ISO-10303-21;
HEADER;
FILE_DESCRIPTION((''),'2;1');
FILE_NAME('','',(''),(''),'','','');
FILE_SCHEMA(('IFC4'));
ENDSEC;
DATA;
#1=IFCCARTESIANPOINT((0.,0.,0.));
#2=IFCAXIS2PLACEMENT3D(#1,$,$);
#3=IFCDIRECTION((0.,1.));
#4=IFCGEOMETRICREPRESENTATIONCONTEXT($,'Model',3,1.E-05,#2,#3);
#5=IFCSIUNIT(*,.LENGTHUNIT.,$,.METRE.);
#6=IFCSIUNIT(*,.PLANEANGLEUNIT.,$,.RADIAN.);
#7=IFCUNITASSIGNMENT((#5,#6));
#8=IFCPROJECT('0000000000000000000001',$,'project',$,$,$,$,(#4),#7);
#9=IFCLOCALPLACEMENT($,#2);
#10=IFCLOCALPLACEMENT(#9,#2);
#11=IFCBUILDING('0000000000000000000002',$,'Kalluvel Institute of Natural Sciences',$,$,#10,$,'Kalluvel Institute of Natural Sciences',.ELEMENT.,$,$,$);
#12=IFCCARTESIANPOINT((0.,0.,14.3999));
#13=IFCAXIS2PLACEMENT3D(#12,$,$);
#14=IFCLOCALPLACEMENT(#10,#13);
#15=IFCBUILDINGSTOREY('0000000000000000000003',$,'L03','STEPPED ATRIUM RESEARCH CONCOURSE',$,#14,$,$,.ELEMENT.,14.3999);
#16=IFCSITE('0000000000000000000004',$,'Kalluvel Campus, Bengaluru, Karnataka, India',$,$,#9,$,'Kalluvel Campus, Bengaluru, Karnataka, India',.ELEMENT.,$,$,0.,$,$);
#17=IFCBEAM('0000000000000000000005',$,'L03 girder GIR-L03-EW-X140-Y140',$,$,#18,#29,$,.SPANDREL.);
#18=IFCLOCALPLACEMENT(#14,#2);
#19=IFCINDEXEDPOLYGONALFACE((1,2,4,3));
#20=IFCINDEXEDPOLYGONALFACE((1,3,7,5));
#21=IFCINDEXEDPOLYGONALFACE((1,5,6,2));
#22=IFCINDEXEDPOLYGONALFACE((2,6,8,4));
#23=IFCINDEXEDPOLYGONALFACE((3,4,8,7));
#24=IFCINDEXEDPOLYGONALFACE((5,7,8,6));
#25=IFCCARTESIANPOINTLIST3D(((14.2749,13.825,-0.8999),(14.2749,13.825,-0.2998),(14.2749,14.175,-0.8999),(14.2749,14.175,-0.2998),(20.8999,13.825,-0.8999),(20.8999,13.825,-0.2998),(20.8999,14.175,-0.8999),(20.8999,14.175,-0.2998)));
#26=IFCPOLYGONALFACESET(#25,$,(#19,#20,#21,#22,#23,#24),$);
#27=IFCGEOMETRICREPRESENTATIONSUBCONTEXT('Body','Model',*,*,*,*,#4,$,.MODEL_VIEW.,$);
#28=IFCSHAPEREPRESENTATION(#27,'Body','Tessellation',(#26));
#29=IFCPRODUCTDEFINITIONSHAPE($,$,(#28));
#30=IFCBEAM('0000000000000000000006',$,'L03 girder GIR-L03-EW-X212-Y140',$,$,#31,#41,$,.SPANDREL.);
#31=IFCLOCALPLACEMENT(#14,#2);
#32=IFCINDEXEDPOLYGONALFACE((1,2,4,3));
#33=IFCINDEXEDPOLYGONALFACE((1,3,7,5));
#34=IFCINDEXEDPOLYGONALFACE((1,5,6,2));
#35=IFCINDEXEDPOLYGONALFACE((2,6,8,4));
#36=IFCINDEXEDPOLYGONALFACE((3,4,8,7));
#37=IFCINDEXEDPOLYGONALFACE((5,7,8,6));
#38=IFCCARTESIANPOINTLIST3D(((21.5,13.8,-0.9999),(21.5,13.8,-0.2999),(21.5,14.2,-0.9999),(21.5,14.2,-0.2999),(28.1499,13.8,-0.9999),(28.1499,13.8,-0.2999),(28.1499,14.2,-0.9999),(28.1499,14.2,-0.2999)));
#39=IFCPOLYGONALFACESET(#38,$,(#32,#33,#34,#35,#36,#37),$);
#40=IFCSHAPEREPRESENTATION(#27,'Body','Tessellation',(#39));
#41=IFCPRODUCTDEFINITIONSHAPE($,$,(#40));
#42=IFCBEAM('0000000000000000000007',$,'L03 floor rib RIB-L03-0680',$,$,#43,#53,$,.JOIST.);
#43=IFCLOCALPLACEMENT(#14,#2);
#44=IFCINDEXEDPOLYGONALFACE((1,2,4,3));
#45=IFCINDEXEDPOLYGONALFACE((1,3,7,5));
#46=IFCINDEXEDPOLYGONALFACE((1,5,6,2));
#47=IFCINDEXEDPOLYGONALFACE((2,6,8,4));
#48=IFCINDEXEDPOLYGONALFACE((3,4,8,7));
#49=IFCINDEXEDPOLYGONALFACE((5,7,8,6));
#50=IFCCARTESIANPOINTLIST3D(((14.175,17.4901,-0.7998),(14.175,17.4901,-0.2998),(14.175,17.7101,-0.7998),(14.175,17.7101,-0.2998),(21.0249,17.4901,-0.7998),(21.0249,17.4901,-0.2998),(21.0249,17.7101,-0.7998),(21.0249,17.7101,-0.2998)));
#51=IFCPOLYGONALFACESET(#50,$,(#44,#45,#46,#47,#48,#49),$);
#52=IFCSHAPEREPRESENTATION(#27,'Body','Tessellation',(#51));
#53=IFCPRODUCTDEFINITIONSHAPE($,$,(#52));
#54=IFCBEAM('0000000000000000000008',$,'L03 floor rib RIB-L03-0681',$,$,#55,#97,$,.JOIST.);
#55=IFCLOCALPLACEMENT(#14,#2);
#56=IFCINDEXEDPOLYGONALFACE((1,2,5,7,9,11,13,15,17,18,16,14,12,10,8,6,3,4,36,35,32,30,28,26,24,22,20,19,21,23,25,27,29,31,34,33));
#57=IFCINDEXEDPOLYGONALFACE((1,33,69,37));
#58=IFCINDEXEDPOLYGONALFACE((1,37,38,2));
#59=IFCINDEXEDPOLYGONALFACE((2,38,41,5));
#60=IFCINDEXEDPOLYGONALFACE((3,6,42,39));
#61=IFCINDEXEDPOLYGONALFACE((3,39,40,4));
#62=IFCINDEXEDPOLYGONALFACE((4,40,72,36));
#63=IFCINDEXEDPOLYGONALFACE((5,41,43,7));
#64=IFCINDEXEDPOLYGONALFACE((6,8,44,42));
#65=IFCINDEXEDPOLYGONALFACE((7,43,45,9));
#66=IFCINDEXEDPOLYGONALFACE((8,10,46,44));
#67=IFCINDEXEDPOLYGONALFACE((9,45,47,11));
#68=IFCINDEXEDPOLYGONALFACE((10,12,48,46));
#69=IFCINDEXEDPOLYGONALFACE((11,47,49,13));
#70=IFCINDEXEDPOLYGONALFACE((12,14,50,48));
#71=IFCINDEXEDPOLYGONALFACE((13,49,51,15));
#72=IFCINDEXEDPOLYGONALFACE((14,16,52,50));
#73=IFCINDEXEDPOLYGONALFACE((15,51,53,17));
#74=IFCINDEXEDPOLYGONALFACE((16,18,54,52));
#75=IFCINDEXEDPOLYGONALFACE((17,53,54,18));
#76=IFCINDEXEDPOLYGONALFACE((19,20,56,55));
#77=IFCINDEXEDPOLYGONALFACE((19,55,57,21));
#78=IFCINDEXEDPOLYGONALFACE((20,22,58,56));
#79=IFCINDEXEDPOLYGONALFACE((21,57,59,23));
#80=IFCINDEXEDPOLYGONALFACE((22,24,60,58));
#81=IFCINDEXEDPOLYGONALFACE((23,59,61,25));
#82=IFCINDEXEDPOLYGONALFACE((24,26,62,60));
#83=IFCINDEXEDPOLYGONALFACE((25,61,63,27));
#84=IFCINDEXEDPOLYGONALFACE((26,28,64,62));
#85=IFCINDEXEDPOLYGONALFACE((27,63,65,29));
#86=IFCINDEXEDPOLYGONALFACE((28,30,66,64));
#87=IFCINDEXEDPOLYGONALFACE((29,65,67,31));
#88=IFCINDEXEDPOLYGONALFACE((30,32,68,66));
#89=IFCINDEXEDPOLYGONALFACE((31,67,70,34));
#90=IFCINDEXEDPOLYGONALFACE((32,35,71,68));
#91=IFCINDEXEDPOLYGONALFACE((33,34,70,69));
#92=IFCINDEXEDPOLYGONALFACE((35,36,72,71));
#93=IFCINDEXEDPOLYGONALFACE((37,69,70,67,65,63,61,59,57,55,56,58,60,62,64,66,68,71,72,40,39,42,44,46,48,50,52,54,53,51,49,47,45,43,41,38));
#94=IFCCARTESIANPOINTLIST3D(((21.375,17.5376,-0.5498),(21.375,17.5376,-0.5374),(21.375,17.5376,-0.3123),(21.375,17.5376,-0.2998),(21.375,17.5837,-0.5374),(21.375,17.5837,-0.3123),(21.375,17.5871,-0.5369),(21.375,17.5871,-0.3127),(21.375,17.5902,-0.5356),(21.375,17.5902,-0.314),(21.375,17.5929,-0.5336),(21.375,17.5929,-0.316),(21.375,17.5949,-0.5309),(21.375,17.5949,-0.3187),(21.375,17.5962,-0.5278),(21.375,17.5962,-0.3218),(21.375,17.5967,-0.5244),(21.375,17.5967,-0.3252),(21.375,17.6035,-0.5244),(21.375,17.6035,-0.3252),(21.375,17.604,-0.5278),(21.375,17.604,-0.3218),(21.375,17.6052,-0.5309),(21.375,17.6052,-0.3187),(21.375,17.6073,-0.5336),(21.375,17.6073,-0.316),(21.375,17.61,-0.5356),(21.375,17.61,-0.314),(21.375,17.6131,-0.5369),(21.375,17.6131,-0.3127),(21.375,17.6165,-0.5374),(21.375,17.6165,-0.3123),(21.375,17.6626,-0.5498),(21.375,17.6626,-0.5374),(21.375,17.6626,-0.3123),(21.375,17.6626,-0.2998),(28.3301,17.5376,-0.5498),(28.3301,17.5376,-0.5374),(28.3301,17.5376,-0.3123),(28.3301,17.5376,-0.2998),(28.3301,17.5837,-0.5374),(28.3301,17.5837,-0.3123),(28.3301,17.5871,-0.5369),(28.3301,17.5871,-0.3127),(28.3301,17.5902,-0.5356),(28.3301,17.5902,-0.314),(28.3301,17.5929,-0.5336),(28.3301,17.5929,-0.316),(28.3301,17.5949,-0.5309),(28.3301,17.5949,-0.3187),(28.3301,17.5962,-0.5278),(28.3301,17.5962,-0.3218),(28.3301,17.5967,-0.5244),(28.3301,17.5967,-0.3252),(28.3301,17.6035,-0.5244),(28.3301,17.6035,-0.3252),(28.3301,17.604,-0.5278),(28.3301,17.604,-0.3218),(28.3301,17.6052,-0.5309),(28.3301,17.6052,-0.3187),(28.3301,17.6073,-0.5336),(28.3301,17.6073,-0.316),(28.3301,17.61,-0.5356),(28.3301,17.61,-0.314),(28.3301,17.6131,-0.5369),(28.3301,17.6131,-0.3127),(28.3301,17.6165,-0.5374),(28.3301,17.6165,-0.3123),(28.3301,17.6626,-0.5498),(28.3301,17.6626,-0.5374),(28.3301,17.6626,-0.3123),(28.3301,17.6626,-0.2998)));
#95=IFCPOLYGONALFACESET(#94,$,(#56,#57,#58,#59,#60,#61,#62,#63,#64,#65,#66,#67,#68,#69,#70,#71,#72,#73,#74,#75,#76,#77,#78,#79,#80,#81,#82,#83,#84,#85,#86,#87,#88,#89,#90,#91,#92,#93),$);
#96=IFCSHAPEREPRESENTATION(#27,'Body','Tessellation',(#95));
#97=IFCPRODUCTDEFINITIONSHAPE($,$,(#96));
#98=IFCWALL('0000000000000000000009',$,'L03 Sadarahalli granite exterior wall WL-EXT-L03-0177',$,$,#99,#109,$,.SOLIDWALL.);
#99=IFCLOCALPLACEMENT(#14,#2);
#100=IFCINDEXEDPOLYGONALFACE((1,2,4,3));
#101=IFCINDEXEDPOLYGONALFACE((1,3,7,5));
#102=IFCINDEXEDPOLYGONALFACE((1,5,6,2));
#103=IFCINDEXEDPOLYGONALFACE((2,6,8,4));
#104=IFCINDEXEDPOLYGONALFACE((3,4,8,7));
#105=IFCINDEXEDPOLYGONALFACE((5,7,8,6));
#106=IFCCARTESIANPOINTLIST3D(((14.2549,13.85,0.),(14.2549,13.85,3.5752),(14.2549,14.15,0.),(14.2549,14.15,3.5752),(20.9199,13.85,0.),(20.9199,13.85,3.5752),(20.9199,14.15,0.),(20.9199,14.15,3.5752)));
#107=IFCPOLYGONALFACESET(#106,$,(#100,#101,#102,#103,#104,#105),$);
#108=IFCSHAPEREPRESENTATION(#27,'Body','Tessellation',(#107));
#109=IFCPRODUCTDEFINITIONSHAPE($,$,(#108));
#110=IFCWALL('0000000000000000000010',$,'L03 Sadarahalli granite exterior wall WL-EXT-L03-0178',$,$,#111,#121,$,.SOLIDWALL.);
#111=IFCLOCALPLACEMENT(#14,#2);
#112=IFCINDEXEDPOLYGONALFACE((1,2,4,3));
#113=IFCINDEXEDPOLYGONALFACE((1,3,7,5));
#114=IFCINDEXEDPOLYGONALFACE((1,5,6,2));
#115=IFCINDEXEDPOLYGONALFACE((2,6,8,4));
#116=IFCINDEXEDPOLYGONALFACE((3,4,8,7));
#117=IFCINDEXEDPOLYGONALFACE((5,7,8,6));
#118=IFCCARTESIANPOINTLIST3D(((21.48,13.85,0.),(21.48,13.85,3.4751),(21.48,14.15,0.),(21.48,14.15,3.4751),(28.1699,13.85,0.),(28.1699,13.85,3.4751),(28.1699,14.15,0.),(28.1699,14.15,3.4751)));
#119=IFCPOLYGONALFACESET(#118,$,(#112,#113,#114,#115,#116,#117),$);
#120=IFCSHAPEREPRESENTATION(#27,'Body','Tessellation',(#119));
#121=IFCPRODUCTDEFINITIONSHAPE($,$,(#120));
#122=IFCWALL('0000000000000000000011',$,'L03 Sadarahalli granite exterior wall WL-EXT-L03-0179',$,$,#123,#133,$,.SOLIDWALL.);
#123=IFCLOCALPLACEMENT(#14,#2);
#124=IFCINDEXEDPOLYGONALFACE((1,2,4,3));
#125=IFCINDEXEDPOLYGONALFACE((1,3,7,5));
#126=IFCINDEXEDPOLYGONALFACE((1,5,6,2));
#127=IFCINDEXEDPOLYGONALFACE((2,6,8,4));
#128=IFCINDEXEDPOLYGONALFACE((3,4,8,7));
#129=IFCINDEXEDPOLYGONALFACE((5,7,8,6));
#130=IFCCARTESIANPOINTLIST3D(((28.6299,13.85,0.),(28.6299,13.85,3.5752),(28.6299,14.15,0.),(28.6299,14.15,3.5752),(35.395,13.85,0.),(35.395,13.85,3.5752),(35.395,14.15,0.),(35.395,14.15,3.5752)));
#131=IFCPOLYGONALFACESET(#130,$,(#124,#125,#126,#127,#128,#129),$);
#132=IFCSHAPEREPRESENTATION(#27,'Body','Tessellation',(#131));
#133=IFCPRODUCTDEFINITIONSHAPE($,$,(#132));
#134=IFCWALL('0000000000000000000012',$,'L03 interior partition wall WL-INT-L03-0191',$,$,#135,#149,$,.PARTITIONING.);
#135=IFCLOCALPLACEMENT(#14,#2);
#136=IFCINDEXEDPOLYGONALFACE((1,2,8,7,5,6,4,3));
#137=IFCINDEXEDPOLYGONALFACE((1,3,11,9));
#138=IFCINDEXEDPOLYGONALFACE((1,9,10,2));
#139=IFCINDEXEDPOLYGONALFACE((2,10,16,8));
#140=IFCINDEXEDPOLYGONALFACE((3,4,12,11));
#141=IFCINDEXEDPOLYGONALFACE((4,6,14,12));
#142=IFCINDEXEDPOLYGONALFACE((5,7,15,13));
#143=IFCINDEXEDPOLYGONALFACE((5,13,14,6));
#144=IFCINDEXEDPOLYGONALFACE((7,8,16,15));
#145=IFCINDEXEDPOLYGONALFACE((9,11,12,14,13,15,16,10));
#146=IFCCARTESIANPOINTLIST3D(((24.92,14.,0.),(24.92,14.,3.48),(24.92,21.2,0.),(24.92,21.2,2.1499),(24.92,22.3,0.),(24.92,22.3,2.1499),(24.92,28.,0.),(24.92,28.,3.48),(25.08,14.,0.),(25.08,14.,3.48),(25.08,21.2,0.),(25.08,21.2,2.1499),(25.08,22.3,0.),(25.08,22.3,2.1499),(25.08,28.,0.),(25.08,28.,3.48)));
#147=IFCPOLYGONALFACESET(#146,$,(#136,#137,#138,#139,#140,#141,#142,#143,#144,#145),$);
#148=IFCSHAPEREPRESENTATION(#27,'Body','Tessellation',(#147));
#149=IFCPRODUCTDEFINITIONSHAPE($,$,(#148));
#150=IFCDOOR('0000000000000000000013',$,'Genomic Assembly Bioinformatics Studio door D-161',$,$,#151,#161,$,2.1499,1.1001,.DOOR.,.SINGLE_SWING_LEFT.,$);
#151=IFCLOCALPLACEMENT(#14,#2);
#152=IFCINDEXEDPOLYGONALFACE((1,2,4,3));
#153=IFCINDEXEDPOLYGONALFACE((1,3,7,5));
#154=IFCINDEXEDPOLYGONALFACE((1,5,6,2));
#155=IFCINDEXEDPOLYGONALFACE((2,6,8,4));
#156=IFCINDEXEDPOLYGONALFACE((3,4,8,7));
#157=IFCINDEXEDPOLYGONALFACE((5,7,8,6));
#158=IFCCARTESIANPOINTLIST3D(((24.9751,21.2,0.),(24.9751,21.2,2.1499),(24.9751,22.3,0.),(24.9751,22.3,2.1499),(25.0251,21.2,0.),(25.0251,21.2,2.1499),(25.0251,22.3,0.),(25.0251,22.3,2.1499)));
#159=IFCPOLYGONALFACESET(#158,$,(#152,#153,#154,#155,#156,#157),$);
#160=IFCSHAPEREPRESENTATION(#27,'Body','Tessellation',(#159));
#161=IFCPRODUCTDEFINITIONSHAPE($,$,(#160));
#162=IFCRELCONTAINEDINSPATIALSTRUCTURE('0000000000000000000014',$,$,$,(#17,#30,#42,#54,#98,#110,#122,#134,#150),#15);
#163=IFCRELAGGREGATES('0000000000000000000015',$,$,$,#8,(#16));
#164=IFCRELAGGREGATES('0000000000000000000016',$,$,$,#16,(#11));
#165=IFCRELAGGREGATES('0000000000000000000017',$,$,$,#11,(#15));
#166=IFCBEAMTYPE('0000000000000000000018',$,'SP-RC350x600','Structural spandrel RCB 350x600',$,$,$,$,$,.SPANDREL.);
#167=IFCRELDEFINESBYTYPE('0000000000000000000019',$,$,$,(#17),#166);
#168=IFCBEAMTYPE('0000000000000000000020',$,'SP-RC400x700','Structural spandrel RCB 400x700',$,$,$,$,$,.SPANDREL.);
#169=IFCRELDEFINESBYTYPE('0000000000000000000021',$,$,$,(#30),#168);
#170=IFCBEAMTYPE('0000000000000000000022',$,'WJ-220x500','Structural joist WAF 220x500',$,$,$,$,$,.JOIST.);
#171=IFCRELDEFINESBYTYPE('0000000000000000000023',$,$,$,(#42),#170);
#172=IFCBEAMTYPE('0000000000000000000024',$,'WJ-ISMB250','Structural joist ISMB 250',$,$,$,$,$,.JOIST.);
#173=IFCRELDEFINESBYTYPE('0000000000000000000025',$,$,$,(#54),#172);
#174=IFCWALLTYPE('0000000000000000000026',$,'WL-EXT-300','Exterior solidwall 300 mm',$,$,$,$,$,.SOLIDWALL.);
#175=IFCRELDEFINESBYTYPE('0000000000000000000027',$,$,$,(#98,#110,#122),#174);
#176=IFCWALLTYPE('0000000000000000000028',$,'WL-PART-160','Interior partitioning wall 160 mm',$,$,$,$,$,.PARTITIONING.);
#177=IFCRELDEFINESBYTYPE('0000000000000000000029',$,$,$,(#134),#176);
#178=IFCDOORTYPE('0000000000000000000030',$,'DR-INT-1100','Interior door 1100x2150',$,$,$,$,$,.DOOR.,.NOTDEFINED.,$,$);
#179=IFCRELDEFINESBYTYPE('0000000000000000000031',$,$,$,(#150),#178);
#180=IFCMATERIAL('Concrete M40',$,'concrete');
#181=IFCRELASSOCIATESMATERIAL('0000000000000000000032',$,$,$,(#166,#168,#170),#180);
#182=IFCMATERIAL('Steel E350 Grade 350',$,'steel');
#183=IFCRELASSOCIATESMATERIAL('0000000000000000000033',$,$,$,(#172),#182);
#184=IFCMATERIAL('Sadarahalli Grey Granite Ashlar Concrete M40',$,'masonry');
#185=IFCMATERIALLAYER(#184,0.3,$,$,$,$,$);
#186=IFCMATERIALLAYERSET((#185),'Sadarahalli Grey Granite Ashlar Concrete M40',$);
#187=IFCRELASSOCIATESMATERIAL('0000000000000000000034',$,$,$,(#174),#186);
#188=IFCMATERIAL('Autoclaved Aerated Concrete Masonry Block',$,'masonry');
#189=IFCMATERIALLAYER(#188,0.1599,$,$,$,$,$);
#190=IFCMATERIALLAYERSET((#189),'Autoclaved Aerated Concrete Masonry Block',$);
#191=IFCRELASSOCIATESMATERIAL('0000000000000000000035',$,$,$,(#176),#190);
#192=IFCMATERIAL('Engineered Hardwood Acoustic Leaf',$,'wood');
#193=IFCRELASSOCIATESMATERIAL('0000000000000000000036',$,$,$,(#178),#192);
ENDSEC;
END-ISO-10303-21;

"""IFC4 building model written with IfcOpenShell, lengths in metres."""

from ifc_helpers import new_model, si_unit, direction, frame, frame_2d, origin, origin_2d, place, context, subcontext, project, spatial, rectangle, i_section, extrude, material, layer, layer_set, material_profile, profile_set, type_object, element, fill, save


model = new_model("IFC4")

# Units and contexts
model_context = context("Model", 3, precision=1e-05, world=origin(), true_north=direction((0.0, 1.0)))
body_context = subcontext(model_context, "Body", "Model", "MODEL_VIEW")
ifc_project = project(units=[si_unit("LENGTHUNIT", "METRE"), si_unit("PLANEANGLEUNIT", "RADIAN")], contexts=[model_context])

# Site, building, storey
site_placement = place(None, origin())
site = spatial("IfcSite", under=ifc_project, at=site_placement, Name="Kalluvel Campus, Bengaluru, Karnataka, India", LongName="Kalluvel Campus, Bengaluru, Karnataka, India", CompositionType="ELEMENT", RefElevation=0.0)
building_placement = place(site_placement, origin())
building = spatial("IfcBuilding", under=site, at=building_placement, Name="Kalluvel Institute of Natural Sciences", LongName="Kalluvel Institute of Natural Sciences", CompositionType="ELEMENT")
storey_placement = place(building_placement, frame((0.0, 0.0, 14.3999)))
storey = spatial("IfcBuildingStorey", under=building, at=storey_placement, Name="L03", Description="STEPPED ATRIUM RESEARCH CONCOURSE", CompositionType="ELEMENT", Elevation=14.3999)

# Shared definitions
ifc_material_1 = material(Name="Concrete M40", Category="concrete")

# Shared definitions
ifc_material_2 = material(Name="Steel E350 Grade 350", Category="steel")

# Beams
ifc_material_profile_1 = material_profile(ifc_material_1, rectangle(XDim=0.3501, YDim=0.6001, at=origin_2d()), Name="RCB 350x600")
ifc_profile_set_1 = profile_set([ifc_material_profile_1], Name="Concrete M40")
beam_type_1 = type_object("IfcBeamType", Name="SP-RC350x600", Description="Structural spandrel RCB 350x600", PredefinedType="SPANDREL", material=ifc_profile_set_1)
beam_1_placement = place(storey_placement, frame((14.2749, 14.0, -0.5999), z_axis=(1.0, 0.0, 0.0), x_axis=(0.0, 1.0, 0.0)))
element("IfcBeam", 1, at=beam_1_placement, inside=storey, type_object=beam_type_1, Name="L03 girder GIR-L03-EW-X140-Y140", PredefinedType="SPANDREL", context=body_context, shape_type="SweptSolid", body=[
    extrude(rectangle(XDim=0.3501, YDim=0.6001, at=origin_2d()), origin(), (0.0, 0.0, 1.0), 6.625),
])
ifc_material_profile_2 = material_profile(ifc_material_1, rectangle(XDim=0.3999, YDim=0.7, at=origin_2d()), Name="RCB 400x700")
ifc_profile_set_2 = profile_set([ifc_material_profile_2], Name="Concrete M40")
beam_type_2 = type_object("IfcBeamType", Name="SP-RC400x700", Description="Structural spandrel RCB 400x700", PredefinedType="SPANDREL", material=ifc_profile_set_2)
beam_2_placement = place(storey_placement, frame((21.5, 14.0, -0.6499), z_axis=(1.0, 0.0, 0.0), x_axis=(0.0, 1.0, 0.0)))
element("IfcBeam", 2, at=beam_2_placement, inside=storey, type_object=beam_type_2, Name="L03 girder GIR-L03-EW-X212-Y140", PredefinedType="SPANDREL", context=body_context, shape_type="SweptSolid", body=[
    extrude(rectangle(XDim=0.3999, YDim=0.7, at=origin_2d()), origin(), (0.0, 0.0, 1.0), 6.6499),
])
ifc_material_profile_3 = material_profile(ifc_material_1, rectangle(XDim=0.22, YDim=0.5, at=origin_2d()), Name="WAF 220x500")
ifc_profile_set_3 = profile_set([ifc_material_profile_3], Name="Concrete M40")
beam_type_3 = type_object("IfcBeamType", Name="WJ-220x500", Description="Structural joist WAF 220x500", PredefinedType="JOIST", material=ifc_profile_set_3)
beam_3_placement = place(storey_placement, frame((14.175, 17.6001, -0.5498), z_axis=(1.0, 0.0, 0.0), x_axis=(0.0, 1.0, 0.0)))
element("IfcBeam", 3, at=beam_3_placement, inside=storey, type_object=beam_type_3, Name="L03 floor rib RIB-L03-0680", PredefinedType="JOIST", context=body_context, shape_type="SweptSolid", body=[
    extrude(rectangle(XDim=0.22, YDim=0.5, at=origin_2d()), origin(), (0.0, 0.0, 1.0), 6.8499),
])
ifc_material_profile_4 = material_profile(ifc_material_2, i_section(OverallWidth=0.125, OverallDepth=0.25, WebThickness=0.0068, FlangeThickness=0.0125, FilletRadius=0.0129, at=origin_2d()), Name="ISMB 250")
ifc_profile_set_4 = profile_set([ifc_material_profile_4], Name="Steel E350 Grade 350")
beam_type_4 = type_object("IfcBeamType", Name="WJ-ISMB250", Description="Structural joist ISMB 250", PredefinedType="JOIST", material=ifc_profile_set_4)
beam_4_placement = place(storey_placement, frame((21.375, 17.6001, -0.4248), z_axis=(1.0, 0.0, 0.0), x_axis=(0.0, 1.0, 0.0)))
element("IfcBeam", 4, at=beam_4_placement, inside=storey, type_object=beam_type_4, Name="L03 floor rib RIB-L03-0681", PredefinedType="JOIST", context=body_context, shape_type="SweptSolid", body=[
    extrude(i_section(OverallWidth=0.125, OverallDepth=0.25, WebThickness=0.0068, FlangeThickness=0.0125, FilletRadius=0.0129, at=origin_2d()), origin(), (0.0, 0.0, 1.0), 6.9551),
])

# Walls
ifc_material_3 = material(Name="Sadarahalli Grey Granite Ashlar Concrete M40", Category="masonry")
ifc_layer_1 = layer(ifc_material_3, 0.3)
ifc_layer_set_1 = layer_set([ifc_layer_1], Name="Sadarahalli Grey Granite Ashlar Concrete M40")
wall_type_1 = type_object("IfcWallType", Name="WL-EXT-300", Description="Exterior solidwall 300 mm", PredefinedType="SOLIDWALL", material=ifc_layer_set_1)
wall_1_placement = place(storey_placement, frame((14.2549, 14.0, 0.0), z_axis=(0.0, 0.0, 1.0), x_axis=(1.0, 0.0, 0.0)))
element("IfcWall", 5, at=wall_1_placement, inside=storey, type_object=wall_type_1, Name="L03 Sadarahalli granite exterior wall WL-EXT-L03-0177", PredefinedType="SOLIDWALL", context=body_context, shape_type="SweptSolid", body=[
    extrude(rectangle(XDim=6.665, YDim=0.3, at=frame_2d((3.3325, 0.0))), origin(), (0.0, 0.0, 1.0), 3.5752),
])
wall_2_placement = place(storey_placement, frame((21.48, 14.0, 0.0), z_axis=(0.0, 0.0, 1.0), x_axis=(1.0, 0.0, 0.0)))
element("IfcWall", 6, at=wall_2_placement, inside=storey, type_object=wall_type_1, Name="L03 Sadarahalli granite exterior wall WL-EXT-L03-0178", PredefinedType="SOLIDWALL", context=body_context, shape_type="SweptSolid", body=[
    extrude(rectangle(XDim=6.6899, YDim=0.3, at=frame_2d((3.345, 0.0))), origin(), (0.0, 0.0, 1.0), 3.4751),
])
wall_3_placement = place(storey_placement, frame((28.6299, 14.0, 0.0), z_axis=(0.0, 0.0, 1.0), x_axis=(1.0, 0.0, 0.0)))
element("IfcWall", 7, at=wall_3_placement, inside=storey, type_object=wall_type_1, Name="L03 Sadarahalli granite exterior wall WL-EXT-L03-0179", PredefinedType="SOLIDWALL", context=body_context, shape_type="SweptSolid", body=[
    extrude(rectangle(XDim=6.7651, YDim=0.3, at=frame_2d((3.3826, 0.0))), origin(), (0.0, 0.0, 1.0), 3.5752),
])

# Wall, opening, door
ifc_material_4 = material(Name="Autoclaved Aerated Concrete Masonry Block", Category="masonry")
ifc_layer_2 = layer(ifc_material_4, 0.1599)
ifc_layer_set_2 = layer_set([ifc_layer_2], Name="Autoclaved Aerated Concrete Masonry Block")
wall_type_2 = type_object("IfcWallType", Name="WL-PART-160", Description="Interior partitioning wall 160 mm", PredefinedType="PARTITIONING", material=ifc_layer_set_2)
wall_4_placement = place(storey_placement, frame((25.0, 14.0, 0.0), z_axis=(0.0, 0.0, 1.0), x_axis=(0.0, 1.0, 0.0)))
wall_4 = element("IfcWall", 8, at=wall_4_placement, inside=storey, type_object=wall_type_2, Name="L03 interior partition wall WL-INT-L03-0191", PredefinedType="PARTITIONING", context=body_context, shape_type="SweptSolid", body=[
    extrude(rectangle(XDim=14.0, YDim=0.1599, at=frame_2d((7.0, 0.0))), origin(), (0.0, 0.0, 1.0), 3.48),
])
opening_1_placement = place(wall_4_placement, frame((7.2, 0.0, 0.0)))
opening_1 = element("IfcOpeningElement", 9, at=opening_1_placement, cuts=wall_4, PredefinedType="OPENING", context=body_context, shape_type="SweptSolid", body=[
    extrude(rectangle(XDim=1.1001, YDim=2.1499, at=frame_2d((0.55, 1.075))), frame((0.0, 0.0898, 0.0), z_axis=(0.0, -1.0, 0.0), x_axis=(1.0, 0.0, 0.0)), (0.0, 0.0, 1.0), 0.1799),
])
ifc_material_5 = material(Name="Engineered Hardwood Acoustic Leaf", Category="wood")
door_type_1 = type_object("IfcDoorType", Name="DR-INT-1100", Description="Interior door 1100x2150", OperationType="NOTDEFINED", PredefinedType="DOOR", material=ifc_material_5)
door_1_placement = place(opening_1_placement, origin())
door_1 = element("IfcDoor", 10, at=door_1_placement, inside=storey, type_object=door_type_1, Name="Genomic Assembly Bioinformatics Studio door D-161", OperationType="SINGLE_SWING_LEFT", OverallHeight=2.1499, OverallWidth=1.1001, PredefinedType="DOOR", context=body_context, shape_type="SweptSolid", body=[
    extrude(rectangle(XDim=1.1001, YDim=2.1499, at=frame_2d((0.55, 1.075))), frame((0.0, 0.0249, 0.0), z_axis=(0.0, -1.0, 0.0), x_axis=(1.0, 0.0, 0.0)), (0.0, 0.0, 1.0), 0.05),
])
fill(opening_1, door_1)

save(model, "model.ifc")
